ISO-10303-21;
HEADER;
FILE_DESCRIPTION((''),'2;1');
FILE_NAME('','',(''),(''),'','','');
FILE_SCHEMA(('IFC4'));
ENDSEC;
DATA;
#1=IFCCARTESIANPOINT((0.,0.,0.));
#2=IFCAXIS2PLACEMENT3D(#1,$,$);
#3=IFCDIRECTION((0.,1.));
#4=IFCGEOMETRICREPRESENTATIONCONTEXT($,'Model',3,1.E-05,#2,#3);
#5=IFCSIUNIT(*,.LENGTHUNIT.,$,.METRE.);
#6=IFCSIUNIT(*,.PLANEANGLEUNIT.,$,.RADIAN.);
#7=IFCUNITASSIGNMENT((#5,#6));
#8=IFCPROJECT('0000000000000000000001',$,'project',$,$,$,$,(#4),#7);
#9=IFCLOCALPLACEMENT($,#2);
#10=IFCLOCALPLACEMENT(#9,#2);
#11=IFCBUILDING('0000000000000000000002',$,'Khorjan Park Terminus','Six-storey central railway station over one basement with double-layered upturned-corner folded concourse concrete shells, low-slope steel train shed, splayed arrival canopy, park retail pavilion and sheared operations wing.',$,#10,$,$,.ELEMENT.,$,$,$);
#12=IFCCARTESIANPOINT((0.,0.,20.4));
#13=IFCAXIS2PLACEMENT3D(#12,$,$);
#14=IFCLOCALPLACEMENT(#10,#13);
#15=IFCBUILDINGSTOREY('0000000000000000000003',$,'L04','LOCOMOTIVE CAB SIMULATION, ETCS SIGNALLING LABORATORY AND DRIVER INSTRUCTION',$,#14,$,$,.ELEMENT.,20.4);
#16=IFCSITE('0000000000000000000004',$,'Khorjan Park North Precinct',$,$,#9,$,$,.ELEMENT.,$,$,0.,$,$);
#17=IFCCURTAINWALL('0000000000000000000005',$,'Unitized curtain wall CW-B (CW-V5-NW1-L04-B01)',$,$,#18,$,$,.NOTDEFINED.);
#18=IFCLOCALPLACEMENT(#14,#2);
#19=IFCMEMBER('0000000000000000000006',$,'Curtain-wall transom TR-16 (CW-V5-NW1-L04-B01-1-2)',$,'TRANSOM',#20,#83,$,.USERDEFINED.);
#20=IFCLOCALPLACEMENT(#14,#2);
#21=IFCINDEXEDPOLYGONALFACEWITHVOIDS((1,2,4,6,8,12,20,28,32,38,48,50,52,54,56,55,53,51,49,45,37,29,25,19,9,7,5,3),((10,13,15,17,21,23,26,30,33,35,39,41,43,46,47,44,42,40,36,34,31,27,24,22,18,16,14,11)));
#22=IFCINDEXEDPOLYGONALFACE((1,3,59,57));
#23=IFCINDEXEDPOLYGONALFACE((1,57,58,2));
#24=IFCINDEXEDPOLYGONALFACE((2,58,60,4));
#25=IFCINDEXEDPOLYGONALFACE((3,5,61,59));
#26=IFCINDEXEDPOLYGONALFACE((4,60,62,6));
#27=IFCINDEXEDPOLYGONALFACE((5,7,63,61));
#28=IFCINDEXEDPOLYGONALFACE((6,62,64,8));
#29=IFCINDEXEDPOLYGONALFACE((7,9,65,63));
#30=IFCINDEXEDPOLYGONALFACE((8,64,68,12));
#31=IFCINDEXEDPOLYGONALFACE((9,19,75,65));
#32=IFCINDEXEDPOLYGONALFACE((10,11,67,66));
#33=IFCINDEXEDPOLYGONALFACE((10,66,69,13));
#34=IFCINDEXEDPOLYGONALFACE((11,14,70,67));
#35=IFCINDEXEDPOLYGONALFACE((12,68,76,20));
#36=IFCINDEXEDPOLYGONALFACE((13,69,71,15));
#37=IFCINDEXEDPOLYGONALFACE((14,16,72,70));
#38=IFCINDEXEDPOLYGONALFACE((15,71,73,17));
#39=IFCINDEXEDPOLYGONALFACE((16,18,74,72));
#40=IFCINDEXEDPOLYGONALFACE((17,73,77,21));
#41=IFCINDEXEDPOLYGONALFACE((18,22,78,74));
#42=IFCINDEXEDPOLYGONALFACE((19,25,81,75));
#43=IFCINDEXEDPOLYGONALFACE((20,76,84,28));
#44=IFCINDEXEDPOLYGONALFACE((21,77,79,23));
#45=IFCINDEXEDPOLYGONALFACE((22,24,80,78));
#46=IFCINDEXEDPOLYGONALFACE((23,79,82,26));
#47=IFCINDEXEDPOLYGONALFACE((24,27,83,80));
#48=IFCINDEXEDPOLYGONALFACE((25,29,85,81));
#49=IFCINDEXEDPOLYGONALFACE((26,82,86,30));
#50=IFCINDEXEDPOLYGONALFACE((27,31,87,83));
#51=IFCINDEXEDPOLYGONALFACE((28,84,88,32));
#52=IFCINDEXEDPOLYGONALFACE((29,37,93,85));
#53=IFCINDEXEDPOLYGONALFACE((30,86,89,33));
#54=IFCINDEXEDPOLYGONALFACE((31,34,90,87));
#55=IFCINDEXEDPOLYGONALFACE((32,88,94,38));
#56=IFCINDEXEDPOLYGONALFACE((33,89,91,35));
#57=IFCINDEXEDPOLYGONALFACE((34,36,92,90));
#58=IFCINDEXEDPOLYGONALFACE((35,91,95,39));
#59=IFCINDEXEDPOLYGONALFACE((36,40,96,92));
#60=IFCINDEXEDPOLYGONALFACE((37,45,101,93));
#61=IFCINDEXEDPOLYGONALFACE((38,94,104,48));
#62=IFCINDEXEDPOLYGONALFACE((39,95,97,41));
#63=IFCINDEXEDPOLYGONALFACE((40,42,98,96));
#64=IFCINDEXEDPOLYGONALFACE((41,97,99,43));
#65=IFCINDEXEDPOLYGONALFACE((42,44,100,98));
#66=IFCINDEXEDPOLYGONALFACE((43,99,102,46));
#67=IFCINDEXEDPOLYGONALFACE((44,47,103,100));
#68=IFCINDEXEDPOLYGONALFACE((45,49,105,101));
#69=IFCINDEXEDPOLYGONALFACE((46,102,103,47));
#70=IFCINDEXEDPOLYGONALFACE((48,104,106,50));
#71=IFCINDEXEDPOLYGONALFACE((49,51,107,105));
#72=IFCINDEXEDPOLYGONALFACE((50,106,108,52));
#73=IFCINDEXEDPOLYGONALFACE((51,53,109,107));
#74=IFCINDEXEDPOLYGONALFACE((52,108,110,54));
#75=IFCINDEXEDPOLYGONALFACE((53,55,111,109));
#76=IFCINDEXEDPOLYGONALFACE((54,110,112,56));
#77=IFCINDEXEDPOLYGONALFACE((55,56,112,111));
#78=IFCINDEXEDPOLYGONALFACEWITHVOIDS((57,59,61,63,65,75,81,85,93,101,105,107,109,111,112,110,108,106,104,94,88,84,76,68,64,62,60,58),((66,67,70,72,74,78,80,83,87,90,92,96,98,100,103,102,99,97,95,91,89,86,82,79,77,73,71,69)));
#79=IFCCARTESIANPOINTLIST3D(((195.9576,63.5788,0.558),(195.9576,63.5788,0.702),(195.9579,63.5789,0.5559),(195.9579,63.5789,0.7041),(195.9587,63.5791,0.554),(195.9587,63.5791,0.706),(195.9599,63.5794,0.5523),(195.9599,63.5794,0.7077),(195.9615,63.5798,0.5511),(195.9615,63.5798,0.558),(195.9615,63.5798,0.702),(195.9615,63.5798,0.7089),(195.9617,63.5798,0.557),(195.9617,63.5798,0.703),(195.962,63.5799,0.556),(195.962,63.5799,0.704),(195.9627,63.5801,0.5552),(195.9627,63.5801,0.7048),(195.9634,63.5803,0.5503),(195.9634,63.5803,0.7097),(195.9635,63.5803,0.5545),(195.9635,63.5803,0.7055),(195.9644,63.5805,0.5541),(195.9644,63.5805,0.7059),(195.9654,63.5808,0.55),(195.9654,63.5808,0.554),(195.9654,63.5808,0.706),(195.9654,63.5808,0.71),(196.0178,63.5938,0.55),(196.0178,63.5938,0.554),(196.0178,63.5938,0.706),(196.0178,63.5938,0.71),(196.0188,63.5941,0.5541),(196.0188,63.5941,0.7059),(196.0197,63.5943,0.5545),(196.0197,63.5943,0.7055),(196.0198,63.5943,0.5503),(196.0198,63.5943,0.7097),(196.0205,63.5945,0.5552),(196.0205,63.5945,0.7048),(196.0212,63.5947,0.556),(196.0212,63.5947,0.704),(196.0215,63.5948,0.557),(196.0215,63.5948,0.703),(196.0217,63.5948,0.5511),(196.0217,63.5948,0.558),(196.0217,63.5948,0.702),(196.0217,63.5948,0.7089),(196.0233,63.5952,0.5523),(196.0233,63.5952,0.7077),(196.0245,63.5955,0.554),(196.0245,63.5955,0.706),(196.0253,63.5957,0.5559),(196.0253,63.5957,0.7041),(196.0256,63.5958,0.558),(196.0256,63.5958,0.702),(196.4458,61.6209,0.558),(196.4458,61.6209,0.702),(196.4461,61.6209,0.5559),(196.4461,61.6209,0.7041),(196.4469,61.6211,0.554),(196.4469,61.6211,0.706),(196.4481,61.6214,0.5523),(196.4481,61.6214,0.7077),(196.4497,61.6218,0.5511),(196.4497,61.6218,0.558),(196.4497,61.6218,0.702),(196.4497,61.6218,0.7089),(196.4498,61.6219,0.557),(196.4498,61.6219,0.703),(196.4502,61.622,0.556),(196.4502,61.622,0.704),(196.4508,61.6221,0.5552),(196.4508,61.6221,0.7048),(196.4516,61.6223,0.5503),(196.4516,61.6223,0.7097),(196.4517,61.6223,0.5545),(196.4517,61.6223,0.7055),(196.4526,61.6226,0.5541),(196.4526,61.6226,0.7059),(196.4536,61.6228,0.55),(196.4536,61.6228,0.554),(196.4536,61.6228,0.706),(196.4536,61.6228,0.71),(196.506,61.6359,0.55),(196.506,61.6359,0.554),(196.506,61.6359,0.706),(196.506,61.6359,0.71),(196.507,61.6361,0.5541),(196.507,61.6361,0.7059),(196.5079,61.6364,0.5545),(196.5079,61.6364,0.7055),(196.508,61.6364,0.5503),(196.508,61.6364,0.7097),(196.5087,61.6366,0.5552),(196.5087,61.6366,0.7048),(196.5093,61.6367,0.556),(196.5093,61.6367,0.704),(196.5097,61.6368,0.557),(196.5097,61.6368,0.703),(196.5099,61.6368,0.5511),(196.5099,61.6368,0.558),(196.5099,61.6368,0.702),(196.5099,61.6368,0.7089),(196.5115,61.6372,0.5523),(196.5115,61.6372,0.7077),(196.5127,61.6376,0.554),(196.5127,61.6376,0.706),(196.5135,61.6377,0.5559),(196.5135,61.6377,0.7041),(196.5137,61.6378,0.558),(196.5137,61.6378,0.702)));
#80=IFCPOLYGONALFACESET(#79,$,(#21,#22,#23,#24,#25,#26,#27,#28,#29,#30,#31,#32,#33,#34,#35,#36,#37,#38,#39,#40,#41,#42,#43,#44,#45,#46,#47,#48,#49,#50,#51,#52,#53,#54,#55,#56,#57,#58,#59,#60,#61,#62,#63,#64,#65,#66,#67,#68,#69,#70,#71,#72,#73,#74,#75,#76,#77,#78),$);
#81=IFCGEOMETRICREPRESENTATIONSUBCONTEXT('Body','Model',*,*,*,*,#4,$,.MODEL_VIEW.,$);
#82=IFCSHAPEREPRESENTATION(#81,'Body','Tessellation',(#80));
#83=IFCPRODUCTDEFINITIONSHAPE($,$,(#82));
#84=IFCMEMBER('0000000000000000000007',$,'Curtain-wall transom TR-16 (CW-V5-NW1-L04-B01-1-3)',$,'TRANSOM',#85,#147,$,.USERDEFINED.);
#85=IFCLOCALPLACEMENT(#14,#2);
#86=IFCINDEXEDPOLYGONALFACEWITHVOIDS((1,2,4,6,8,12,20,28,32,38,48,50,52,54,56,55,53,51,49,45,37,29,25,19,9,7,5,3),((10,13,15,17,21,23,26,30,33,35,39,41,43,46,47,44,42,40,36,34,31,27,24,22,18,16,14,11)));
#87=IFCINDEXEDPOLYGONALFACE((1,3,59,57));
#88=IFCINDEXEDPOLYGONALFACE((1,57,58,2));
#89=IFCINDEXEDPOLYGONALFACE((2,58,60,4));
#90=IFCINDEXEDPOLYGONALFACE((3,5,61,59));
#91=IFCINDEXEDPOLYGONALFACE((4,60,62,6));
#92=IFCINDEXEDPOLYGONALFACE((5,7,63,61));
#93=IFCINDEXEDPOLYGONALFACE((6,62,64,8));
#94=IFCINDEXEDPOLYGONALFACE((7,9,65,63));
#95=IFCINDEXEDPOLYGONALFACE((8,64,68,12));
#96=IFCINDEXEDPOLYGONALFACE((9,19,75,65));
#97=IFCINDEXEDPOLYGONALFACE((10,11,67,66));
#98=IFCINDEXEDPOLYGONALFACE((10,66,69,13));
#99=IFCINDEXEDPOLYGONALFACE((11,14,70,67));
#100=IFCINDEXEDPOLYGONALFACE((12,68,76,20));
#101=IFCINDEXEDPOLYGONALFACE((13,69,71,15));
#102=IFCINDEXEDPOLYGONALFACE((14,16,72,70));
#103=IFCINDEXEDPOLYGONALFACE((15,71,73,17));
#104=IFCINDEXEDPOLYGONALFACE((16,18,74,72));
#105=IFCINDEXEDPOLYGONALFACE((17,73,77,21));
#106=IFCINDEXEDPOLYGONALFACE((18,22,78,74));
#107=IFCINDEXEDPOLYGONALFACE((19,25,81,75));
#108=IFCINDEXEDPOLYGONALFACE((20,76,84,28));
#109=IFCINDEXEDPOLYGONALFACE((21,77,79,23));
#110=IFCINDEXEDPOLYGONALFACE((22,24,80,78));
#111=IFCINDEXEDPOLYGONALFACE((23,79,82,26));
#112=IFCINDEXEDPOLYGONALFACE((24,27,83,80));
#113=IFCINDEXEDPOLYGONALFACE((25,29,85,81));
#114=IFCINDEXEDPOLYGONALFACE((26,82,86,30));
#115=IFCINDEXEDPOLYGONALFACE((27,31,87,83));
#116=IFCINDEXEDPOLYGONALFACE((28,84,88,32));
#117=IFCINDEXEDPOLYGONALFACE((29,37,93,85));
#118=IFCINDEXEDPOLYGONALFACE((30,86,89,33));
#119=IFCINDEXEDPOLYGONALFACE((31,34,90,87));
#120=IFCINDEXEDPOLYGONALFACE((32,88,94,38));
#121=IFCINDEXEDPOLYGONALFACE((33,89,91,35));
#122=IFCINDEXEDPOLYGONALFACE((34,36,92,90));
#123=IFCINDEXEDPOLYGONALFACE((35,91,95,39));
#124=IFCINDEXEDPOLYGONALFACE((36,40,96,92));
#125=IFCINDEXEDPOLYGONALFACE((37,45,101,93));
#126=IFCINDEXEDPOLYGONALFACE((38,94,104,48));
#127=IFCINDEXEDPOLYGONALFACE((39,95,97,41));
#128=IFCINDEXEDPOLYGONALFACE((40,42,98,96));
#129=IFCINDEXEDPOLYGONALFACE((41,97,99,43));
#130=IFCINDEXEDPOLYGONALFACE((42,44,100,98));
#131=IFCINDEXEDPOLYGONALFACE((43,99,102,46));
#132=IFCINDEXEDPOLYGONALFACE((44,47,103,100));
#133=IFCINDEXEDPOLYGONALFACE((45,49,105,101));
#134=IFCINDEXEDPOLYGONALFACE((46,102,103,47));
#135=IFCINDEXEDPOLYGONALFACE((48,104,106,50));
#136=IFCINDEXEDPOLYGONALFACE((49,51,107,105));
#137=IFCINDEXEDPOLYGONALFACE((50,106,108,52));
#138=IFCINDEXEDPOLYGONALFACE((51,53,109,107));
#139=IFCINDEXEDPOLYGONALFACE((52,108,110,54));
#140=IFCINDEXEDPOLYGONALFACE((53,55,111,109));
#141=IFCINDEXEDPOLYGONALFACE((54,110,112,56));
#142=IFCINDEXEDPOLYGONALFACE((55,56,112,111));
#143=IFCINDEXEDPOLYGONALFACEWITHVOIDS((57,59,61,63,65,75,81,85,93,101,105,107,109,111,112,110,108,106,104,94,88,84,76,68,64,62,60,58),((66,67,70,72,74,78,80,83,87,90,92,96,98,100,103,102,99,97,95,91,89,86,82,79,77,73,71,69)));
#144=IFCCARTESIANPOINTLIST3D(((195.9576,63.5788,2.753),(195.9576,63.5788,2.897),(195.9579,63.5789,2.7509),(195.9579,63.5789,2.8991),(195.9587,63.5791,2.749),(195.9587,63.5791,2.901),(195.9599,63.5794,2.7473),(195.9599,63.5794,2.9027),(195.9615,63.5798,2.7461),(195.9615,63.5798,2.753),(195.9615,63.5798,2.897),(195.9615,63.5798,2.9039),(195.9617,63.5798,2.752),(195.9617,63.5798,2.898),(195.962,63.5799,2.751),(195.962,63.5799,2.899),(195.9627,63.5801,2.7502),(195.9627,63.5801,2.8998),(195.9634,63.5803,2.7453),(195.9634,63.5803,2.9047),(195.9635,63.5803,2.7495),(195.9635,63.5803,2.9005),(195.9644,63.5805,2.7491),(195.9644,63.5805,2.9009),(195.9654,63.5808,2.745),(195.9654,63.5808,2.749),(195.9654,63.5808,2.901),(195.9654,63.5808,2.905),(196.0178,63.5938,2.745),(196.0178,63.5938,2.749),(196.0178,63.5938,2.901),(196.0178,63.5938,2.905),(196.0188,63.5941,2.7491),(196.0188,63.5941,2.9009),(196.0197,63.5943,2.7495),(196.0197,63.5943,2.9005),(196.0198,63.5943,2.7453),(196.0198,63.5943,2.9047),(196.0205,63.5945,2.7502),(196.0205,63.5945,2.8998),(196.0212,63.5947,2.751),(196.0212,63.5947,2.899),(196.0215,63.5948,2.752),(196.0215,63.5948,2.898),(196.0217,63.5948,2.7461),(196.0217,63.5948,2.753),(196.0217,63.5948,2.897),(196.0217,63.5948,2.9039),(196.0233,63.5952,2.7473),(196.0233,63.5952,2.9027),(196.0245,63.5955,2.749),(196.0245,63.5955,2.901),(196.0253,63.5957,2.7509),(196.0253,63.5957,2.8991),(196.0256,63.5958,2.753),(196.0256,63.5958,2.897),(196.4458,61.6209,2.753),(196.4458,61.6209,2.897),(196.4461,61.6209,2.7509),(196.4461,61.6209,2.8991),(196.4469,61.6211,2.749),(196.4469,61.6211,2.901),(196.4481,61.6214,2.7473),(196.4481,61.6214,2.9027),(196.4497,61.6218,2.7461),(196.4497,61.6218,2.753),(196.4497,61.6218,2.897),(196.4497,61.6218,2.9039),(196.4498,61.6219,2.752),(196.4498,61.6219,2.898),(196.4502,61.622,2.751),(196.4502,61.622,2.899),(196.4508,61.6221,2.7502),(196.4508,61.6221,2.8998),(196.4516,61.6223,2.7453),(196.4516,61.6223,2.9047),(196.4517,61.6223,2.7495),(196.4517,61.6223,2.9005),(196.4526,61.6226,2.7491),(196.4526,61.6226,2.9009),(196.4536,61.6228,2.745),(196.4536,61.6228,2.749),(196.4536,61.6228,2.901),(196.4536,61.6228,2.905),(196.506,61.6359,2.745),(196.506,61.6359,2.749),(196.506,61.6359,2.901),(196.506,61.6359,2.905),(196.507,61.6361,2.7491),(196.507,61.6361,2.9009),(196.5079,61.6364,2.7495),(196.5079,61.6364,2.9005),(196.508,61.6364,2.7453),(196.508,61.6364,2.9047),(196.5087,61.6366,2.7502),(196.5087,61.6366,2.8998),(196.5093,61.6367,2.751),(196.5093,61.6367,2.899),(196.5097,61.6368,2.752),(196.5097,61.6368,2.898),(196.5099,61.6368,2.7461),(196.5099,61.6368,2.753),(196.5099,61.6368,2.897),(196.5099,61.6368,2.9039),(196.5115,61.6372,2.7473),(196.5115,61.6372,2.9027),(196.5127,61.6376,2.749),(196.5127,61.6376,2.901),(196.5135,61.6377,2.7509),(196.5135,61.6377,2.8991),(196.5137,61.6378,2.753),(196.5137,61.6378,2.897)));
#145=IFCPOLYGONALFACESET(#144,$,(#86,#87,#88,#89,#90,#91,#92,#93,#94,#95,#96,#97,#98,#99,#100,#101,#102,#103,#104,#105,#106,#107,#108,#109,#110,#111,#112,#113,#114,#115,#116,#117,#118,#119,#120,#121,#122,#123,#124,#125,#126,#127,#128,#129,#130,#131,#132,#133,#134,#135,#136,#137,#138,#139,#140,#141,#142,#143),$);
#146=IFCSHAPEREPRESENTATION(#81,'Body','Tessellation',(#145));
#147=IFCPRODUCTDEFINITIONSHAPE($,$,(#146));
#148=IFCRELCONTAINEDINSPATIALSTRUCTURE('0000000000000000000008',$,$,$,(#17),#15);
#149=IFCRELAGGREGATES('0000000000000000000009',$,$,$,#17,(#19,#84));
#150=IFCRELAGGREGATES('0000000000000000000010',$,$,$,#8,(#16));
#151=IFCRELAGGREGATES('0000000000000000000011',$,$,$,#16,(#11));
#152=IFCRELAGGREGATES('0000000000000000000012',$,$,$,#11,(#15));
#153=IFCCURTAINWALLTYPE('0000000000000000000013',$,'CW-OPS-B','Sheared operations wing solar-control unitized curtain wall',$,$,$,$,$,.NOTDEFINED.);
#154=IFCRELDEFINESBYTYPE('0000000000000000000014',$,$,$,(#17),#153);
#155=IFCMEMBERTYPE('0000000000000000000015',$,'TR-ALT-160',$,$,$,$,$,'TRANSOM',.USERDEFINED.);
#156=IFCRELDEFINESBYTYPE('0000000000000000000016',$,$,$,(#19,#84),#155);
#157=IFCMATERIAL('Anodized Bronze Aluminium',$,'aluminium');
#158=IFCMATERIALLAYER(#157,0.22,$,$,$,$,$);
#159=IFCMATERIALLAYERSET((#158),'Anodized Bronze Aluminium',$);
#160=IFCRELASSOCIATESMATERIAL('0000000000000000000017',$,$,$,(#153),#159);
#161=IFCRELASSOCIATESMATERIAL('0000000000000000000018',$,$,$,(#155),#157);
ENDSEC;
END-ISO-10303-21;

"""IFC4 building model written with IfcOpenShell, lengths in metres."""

from ifc_helpers import new_model, si_unit, direction, frame, origin, origin_2d, place, context, subcontext, project, spatial, hollow_rectangle, extrude, material, layer, layer_set, material_profile, profile_set, type_object, element, aggregate, save


model = new_model("IFC4")

# Units and contexts
model_context = context("Model", 3, precision=1e-05, world=origin(), true_north=direction((0.0, 1.0)))
body_context = subcontext(model_context, "Body", "Model", "MODEL_VIEW")
ifc_project = project(units=[si_unit("LENGTHUNIT", "METRE"), si_unit("PLANEANGLEUNIT", "RADIAN")], contexts=[model_context])

# Site, building, storey
site_placement = place(None, origin())
site = spatial("IfcSite", under=ifc_project, at=site_placement, Name="Khorjan Park North Precinct", CompositionType="ELEMENT", RefElevation=0.0)
building_placement = place(site_placement, origin())
building = spatial("IfcBuilding", under=site, at=building_placement, Name="Khorjan Park Terminus", Description="Six-storey central railway station over one basement with double-layered upturned-corner folded concourse concrete shells, low-slope steel train shed, splayed arrival canopy, park retail pavilion and sheared operations wing.", CompositionType="ELEMENT")
storey_placement = place(building_placement, frame((0.0, 0.0, 20.4)))
storey = spatial("IfcBuildingStorey", under=building, at=storey_placement, Name="L04", Description="LOCOMOTIVE CAB SIMULATION, ETCS SIGNALLING LABORATORY AND DRIVER INSTRUCTION", CompositionType="ELEMENT", Elevation=20.4)

# Curtain wall, members
ifc_material_1 = material(Name="Anodized Bronze Aluminium", Category="aluminium")
ifc_layer_1 = layer(ifc_material_1, 0.22)
ifc_layer_set_1 = layer_set([ifc_layer_1], Name="Anodized Bronze Aluminium")
curtain_wall_type = type_object("IfcCurtainWallType", Name="CW-OPS-B", Description="Sheared operations wing solar-control unitized curtain wall", PredefinedType="NOTDEFINED", material=ifc_layer_set_1)
curtain_wall_placement = place(storey_placement, origin())
curtain_wall = element("IfcCurtainWall", 1, at=curtain_wall_placement, inside=storey, type_object=curtain_wall_type, Name="Unitized curtain wall CW-B (CW-V5-NW1-L04-B01)", PredefinedType="NOTDEFINED")
ifc_material_profile_1 = material_profile(ifc_material_1, hollow_rectangle(XDim=0.07, YDim=0.16, WallThickness=0.004, InnerFilletRadius=0.004, OuterFilletRadius=0.008, at=origin_2d()), Name="ALT 70x160x4")
ifc_profile_set_1 = profile_set([ifc_material_profile_1], Name="Anodized Bronze Aluminium")
member_type_1 = type_object("IfcMemberType", Name="TR-ALT-160", ElementType="TRANSOM", PredefinedType="USERDEFINED", material=ifc_profile_set_1)
member_1_placement = place(storey_placement, frame((195.9916, 63.5873, 0.63), z_axis=(0.241929, -0.970294, 0.0), x_axis=(0.970294, 0.241929, 0.0)))
member_1 = element("IfcMember", 2, at=member_1_placement, type_object=member_type_1, Name="Curtain-wall transom TR-16 (CW-V5-NW1-L04-B01-1-2)", ObjectType="TRANSOM", PredefinedType="USERDEFINED", context=body_context, shape_type="SweptSolid", body=[
    extrude(hollow_rectangle(XDim=0.07, YDim=0.16, WallThickness=0.004, InnerFilletRadius=0.004, OuterFilletRadius=0.008, at=origin_2d()), origin(), (0.0, 0.0, 1.0), 2.0179),
])
member_2_placement = place(storey_placement, frame((195.9916, 63.5873, 2.825), z_axis=(0.241929, -0.970294, 0.0), x_axis=(0.970294, 0.241929, 0.0)))
member_2 = element("IfcMember", 3, at=member_2_placement, type_object=member_type_1, Name="Curtain-wall transom TR-16 (CW-V5-NW1-L04-B01-1-3)", ObjectType="TRANSOM", PredefinedType="USERDEFINED", context=body_context, shape_type="SweptSolid", body=[
    extrude(hollow_rectangle(XDim=0.07, YDim=0.16, WallThickness=0.004, InnerFilletRadius=0.004, OuterFilletRadius=0.008, at=origin_2d()), origin(), (0.0, 0.0, 1.0), 2.0179),
])
aggregate(curtain_wall, [member_1, member_2])

save(model, "model.ifc")
